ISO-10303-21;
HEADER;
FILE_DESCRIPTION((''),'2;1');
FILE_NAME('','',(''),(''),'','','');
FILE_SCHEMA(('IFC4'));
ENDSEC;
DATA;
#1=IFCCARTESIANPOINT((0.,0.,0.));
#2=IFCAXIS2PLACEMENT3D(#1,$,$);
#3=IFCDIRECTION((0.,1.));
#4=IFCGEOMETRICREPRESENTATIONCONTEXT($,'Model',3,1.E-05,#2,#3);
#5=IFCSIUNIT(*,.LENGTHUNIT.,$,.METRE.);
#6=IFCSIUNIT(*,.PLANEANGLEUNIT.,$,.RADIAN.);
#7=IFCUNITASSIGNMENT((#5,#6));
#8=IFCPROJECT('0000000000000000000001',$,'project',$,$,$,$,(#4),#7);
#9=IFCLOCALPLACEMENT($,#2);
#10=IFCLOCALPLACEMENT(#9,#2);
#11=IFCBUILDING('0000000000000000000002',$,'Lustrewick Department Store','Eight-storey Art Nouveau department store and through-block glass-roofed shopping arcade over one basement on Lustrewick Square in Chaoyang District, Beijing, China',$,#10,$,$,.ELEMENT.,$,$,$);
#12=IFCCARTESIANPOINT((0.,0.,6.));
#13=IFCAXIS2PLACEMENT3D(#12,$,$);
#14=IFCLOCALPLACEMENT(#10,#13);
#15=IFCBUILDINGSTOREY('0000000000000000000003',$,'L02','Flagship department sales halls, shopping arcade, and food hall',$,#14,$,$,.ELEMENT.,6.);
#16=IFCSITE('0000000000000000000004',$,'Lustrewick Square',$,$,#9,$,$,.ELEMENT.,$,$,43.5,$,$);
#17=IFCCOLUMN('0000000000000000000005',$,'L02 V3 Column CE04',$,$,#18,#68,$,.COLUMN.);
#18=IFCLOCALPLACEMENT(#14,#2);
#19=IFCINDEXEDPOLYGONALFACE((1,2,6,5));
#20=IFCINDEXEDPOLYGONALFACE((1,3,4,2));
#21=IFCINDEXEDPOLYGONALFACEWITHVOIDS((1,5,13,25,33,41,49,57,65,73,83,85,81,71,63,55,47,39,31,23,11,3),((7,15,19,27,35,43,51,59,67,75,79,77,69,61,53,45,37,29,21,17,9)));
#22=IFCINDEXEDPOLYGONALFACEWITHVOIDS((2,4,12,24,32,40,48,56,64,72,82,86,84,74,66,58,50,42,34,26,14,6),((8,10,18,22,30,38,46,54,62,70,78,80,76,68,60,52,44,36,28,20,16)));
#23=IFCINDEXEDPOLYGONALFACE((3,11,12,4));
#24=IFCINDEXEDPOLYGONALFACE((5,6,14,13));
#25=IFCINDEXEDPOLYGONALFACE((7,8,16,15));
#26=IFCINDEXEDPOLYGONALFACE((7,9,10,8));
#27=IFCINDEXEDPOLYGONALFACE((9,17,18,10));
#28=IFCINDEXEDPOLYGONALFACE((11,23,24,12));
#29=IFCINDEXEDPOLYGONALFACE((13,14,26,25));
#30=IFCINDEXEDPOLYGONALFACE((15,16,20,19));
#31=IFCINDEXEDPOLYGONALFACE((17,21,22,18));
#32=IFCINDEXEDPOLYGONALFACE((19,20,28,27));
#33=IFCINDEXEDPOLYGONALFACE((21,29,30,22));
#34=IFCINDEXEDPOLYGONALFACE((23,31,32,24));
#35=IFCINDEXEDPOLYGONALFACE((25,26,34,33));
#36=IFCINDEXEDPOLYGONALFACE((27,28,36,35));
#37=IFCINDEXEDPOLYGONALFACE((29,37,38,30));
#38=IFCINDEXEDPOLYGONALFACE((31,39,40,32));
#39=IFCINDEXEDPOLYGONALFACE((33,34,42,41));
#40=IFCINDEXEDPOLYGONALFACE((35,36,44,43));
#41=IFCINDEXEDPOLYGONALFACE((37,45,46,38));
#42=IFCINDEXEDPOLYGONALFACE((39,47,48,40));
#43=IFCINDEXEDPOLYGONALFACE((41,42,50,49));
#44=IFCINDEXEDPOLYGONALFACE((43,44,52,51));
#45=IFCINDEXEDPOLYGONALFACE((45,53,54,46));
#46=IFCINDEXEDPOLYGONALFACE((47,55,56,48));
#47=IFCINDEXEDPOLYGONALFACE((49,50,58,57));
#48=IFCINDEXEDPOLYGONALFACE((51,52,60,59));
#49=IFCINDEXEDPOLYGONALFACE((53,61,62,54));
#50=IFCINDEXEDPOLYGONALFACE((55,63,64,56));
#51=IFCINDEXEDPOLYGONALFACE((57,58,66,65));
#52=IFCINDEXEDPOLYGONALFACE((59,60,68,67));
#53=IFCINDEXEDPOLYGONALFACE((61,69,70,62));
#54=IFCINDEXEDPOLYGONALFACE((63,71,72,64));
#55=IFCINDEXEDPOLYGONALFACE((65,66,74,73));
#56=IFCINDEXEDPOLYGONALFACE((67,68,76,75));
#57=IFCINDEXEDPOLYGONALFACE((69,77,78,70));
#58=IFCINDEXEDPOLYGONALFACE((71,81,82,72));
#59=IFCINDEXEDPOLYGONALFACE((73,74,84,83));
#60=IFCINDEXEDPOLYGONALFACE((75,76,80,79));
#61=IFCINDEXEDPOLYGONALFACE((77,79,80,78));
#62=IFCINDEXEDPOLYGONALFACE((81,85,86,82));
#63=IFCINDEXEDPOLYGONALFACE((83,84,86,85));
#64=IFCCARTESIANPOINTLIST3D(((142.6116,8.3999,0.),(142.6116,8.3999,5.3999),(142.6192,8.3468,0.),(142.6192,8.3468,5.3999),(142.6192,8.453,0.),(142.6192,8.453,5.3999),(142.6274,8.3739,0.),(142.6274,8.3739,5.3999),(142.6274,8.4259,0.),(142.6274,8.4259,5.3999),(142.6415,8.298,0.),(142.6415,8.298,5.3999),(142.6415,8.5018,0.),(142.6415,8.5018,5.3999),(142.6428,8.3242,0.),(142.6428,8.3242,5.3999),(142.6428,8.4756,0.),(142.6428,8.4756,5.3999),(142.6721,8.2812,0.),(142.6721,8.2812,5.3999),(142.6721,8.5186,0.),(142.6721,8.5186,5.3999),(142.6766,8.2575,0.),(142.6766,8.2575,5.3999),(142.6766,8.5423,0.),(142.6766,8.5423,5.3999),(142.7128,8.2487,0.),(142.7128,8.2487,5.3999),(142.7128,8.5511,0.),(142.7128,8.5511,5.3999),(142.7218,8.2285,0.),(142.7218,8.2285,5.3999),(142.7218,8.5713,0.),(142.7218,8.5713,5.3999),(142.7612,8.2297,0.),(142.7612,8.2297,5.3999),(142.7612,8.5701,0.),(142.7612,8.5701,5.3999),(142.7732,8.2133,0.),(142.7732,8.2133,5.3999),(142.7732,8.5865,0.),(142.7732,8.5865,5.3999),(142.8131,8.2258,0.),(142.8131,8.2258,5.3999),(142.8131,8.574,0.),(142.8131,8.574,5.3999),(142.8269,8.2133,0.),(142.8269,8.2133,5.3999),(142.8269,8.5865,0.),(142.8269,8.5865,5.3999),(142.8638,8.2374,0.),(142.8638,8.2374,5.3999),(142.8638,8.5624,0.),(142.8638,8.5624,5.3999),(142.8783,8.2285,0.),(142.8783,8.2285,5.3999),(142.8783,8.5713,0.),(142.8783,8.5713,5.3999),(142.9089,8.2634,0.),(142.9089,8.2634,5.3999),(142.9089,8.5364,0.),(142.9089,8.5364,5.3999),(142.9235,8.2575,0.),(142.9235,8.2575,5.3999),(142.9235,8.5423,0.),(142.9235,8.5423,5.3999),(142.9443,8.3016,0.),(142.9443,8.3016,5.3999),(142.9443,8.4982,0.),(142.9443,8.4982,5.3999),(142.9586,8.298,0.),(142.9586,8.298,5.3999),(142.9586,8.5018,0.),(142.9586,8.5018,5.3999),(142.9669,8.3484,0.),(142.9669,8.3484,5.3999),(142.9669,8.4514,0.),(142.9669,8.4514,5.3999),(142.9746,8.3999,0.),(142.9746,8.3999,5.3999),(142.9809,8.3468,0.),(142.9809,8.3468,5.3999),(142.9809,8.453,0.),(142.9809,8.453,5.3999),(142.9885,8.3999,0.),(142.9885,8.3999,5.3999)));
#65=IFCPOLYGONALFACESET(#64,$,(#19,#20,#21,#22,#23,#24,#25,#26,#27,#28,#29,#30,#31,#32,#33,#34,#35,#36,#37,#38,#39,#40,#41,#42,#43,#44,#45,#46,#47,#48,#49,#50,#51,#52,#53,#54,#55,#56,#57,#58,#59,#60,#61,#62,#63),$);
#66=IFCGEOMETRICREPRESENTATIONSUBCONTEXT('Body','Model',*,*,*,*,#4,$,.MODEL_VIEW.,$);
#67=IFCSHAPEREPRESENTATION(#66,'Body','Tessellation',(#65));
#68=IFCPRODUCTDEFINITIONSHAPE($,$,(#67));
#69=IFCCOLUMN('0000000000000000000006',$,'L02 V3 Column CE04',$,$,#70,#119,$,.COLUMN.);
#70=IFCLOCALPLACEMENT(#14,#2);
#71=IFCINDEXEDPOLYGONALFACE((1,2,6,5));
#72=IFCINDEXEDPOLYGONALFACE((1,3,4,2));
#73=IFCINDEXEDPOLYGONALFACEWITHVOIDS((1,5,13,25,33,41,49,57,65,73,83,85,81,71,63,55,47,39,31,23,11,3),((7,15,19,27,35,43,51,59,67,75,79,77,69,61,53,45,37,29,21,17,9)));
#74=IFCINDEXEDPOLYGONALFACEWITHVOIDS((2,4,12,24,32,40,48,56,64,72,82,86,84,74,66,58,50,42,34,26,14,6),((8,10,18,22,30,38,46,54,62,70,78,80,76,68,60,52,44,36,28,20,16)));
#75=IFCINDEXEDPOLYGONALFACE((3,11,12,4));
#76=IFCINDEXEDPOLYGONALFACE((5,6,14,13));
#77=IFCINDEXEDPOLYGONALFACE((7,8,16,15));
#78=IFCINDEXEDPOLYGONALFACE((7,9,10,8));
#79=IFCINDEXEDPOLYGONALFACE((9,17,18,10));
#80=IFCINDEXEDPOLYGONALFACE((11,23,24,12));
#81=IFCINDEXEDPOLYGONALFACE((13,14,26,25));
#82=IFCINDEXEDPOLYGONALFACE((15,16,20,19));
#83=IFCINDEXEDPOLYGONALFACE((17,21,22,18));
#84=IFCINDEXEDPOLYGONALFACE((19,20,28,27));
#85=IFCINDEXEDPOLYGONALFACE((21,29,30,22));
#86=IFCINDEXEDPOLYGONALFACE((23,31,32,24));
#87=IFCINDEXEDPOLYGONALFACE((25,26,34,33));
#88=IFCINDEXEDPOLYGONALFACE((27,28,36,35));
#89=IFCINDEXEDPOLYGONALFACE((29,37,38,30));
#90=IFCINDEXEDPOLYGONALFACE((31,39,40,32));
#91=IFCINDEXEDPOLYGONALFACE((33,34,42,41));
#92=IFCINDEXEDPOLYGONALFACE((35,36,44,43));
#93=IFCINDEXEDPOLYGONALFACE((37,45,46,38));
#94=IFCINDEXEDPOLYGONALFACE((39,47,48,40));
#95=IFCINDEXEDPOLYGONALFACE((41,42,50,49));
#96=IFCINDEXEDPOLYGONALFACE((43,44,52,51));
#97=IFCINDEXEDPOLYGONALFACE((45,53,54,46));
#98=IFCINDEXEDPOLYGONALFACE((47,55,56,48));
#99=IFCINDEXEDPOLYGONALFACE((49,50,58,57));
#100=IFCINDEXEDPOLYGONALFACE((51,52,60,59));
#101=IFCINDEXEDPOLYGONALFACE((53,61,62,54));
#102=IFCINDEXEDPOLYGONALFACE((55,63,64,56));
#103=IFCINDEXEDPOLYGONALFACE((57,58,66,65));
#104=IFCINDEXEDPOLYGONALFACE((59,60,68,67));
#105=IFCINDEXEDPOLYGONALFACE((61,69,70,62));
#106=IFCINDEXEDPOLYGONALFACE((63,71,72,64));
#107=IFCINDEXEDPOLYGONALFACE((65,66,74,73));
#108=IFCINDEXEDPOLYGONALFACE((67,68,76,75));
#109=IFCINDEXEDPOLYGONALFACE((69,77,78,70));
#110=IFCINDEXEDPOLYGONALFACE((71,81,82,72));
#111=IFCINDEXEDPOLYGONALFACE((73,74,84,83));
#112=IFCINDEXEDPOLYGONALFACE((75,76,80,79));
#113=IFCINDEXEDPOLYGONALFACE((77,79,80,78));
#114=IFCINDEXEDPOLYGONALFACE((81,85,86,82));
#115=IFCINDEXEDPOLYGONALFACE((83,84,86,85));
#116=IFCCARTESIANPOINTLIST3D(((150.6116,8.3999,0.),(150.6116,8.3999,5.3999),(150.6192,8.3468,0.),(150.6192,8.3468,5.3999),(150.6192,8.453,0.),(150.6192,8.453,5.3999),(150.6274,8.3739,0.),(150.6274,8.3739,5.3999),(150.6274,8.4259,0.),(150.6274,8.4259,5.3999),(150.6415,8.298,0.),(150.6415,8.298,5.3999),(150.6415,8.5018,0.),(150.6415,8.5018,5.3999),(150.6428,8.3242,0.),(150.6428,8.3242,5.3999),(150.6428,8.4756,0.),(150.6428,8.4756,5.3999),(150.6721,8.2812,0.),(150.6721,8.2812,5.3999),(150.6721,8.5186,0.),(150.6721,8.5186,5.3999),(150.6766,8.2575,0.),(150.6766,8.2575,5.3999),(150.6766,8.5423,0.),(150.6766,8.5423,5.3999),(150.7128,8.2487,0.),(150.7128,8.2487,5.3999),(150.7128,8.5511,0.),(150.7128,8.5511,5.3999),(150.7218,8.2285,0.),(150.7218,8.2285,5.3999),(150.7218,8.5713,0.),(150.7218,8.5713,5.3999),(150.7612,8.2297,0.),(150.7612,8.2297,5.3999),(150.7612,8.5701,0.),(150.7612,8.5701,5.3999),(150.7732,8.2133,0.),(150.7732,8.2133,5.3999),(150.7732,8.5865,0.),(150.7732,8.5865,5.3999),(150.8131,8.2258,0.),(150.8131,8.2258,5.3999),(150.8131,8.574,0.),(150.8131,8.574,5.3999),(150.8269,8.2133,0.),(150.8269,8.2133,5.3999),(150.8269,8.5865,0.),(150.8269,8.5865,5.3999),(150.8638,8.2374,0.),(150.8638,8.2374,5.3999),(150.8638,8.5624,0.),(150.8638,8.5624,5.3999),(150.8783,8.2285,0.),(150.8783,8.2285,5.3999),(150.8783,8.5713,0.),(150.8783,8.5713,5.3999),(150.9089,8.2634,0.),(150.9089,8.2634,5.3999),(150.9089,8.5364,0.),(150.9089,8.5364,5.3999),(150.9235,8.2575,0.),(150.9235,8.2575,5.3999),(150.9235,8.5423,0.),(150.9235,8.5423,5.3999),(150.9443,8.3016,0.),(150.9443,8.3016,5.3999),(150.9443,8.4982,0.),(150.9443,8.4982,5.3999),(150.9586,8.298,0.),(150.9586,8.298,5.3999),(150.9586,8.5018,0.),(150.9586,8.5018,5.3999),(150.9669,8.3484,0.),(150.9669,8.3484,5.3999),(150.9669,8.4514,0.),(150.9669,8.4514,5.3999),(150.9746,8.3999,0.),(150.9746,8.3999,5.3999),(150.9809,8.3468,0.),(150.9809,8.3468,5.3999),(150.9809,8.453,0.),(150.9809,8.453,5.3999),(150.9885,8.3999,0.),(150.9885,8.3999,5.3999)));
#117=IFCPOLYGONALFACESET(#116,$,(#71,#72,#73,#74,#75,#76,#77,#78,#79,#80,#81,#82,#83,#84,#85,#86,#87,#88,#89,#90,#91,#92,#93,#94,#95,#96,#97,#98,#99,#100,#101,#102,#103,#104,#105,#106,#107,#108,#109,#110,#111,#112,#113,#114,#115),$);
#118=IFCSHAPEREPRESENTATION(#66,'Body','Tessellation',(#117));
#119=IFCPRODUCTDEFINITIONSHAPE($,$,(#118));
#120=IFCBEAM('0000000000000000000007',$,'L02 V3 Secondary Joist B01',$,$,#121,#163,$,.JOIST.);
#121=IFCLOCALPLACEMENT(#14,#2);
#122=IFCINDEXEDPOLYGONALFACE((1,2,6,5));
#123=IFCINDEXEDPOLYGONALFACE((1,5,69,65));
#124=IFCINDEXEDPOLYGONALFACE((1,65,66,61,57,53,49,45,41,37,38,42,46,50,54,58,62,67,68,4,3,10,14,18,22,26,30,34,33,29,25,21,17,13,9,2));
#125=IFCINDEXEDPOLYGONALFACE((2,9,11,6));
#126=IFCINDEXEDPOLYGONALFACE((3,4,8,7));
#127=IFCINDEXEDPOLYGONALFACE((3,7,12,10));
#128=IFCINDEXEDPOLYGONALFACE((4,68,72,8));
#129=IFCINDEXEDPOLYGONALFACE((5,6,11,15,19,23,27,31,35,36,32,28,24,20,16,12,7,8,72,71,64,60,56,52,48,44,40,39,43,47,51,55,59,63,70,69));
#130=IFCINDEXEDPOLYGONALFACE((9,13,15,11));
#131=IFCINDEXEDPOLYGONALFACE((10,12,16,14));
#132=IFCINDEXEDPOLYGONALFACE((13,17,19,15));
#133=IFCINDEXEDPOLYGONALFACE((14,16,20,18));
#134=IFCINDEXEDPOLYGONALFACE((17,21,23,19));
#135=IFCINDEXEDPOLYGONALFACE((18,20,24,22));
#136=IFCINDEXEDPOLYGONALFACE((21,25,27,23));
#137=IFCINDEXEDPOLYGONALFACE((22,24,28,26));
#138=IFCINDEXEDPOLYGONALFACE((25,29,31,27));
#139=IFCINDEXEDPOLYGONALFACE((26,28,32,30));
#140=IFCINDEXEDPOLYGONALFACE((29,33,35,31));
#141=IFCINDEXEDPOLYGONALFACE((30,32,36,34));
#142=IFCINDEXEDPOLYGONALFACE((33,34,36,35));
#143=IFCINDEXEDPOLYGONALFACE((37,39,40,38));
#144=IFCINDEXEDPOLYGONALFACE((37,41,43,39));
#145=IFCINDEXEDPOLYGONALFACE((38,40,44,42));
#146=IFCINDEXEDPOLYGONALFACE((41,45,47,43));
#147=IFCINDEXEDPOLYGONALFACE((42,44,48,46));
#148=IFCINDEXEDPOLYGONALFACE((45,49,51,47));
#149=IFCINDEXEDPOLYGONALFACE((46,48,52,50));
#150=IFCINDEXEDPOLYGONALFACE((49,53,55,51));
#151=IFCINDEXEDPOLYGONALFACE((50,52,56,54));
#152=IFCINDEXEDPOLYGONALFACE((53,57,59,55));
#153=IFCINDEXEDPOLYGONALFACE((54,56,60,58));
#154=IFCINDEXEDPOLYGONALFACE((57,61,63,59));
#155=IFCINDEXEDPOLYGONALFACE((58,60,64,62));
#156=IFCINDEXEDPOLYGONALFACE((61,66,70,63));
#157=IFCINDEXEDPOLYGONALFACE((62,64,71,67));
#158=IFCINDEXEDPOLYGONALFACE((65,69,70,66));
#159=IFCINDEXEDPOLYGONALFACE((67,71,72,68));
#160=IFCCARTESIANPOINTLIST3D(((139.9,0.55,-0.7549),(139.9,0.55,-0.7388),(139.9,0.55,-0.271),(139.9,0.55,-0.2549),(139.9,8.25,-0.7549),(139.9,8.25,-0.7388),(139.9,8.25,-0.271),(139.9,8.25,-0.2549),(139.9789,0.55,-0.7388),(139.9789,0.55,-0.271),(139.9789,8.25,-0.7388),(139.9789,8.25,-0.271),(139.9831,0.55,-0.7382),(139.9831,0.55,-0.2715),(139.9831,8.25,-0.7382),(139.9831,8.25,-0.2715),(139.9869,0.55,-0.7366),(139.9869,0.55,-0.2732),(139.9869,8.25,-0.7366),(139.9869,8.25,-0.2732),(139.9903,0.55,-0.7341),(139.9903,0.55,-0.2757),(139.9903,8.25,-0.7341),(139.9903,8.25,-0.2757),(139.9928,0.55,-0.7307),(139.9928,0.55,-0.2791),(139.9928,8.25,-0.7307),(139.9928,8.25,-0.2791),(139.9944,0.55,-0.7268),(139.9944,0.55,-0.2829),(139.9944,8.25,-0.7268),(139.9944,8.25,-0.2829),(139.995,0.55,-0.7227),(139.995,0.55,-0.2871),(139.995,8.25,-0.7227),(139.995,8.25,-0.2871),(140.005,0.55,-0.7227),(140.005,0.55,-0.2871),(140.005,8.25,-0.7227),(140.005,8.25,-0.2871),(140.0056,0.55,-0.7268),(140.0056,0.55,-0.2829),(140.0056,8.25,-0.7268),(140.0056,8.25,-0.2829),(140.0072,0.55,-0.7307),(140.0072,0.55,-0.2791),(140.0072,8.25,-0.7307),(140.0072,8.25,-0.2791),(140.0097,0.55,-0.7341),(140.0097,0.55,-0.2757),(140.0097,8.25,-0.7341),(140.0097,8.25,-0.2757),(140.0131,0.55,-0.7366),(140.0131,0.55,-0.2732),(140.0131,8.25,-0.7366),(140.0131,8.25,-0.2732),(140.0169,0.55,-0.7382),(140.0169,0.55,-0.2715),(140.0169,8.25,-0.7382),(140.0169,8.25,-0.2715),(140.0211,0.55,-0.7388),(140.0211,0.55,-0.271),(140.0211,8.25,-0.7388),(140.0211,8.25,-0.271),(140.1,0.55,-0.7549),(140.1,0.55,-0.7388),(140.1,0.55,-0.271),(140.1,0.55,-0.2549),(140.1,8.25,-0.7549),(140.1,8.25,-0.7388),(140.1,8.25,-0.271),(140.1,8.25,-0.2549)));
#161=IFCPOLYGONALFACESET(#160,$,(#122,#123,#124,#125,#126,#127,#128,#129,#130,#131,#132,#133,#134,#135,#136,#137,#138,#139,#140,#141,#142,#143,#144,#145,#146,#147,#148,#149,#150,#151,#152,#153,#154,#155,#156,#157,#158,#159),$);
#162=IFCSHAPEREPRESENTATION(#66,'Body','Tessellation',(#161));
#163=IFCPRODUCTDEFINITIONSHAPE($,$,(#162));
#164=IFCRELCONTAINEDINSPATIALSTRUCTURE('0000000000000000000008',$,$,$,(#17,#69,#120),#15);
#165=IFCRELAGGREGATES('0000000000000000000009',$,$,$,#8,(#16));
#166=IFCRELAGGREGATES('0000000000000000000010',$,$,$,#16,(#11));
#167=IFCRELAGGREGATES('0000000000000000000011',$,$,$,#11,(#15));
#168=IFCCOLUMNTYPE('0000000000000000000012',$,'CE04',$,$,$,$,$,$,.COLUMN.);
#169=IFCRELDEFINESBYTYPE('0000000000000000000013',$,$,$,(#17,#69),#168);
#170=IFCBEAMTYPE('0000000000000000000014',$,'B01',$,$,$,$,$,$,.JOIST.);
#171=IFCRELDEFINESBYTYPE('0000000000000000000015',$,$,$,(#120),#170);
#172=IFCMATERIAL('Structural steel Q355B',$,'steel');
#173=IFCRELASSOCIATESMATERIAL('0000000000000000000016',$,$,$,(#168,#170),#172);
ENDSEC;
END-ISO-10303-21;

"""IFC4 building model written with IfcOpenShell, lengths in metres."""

from ifc_helpers import new_model, si_unit, direction, frame, origin, origin_2d, place, context, subcontext, project, spatial, hollow_circle, i_section, extrude, material, material_profile, profile_set, type_object, element, save


model = new_model("IFC4")

# Units and contexts
model_context = context("Model", 3, precision=1e-05, world=origin(), true_north=direction((0.0, 1.0)))
body_context = subcontext(model_context, "Body", "Model", "MODEL_VIEW")
ifc_project = project(units=[si_unit("LENGTHUNIT", "METRE"), si_unit("PLANEANGLEUNIT", "RADIAN")], contexts=[model_context])

# Site, building, storey
site_placement = place(None, origin())
site = spatial("IfcSite", under=ifc_project, at=site_placement, Name="Lustrewick Square", CompositionType="ELEMENT", RefElevation=43.5)
building_placement = place(site_placement, origin())
building = spatial("IfcBuilding", under=site, at=building_placement, Name="Lustrewick Department Store", Description="Eight-storey Art Nouveau department store and through-block glass-roofed shopping arcade over one basement on Lustrewick Square in Chaoyang District, Beijing, China", CompositionType="ELEMENT")
storey_placement = place(building_placement, frame((0.0, 0.0, 6.0)))
storey = spatial("IfcBuildingStorey", under=building, at=storey_placement, Name="L02", Description="Flagship department sales halls, shopping arcade, and food hall", CompositionType="ELEMENT", Elevation=6.0)

# Columns
ifc_material_1 = material(Name="Structural steel Q355B", Category="steel")
ifc_material_profile_1 = material_profile(ifc_material_1, hollow_circle(Radius=0.1885, WallThickness=0.0139, at=origin_2d()), Name="CHS 377x14")
ifc_profile_set_1 = profile_set([ifc_material_profile_1], Name="Structural steel Q355B")
column_type = type_object("IfcColumnType", Name="CE04", PredefinedType="COLUMN", material=ifc_profile_set_1)
for number, where, z_axis, x_axis, name in (
    (1, (142.8, 8.3999, 0.0), (0.0, 0.0, 1.0), (1.0, 0.0, 0.0), "L02 V3 Column CE04"),
    (2, (150.8, 8.3999, 0.0), (0.0, 0.0, 1.0), (1.0, 0.0, 0.0), "L02 V3 Column CE04"),
):
    element("IfcColumn", number, at=place(storey_placement, frame(where, z_axis=z_axis, x_axis=x_axis)), inside=storey, type_object=column_type, Name=name, PredefinedType="COLUMN", context=body_context, shape_type="SweptSolid", body=[
        extrude(hollow_circle(Radius=0.1885, WallThickness=0.0139, at=origin_2d()), origin(), (0.0, 0.0, 1.0), 5.3999),
    ])

# Beam
ifc_material_profile_2 = material_profile(ifc_material_1, i_section(OverallWidth=0.2, OverallDepth=0.5, WebThickness=0.01, FlangeThickness=0.0161, FilletRadius=0.0161, at=origin_2d()), Name="HN 500x200x10x16")
ifc_profile_set_2 = profile_set([ifc_material_profile_2], Name="Structural steel Q355B")
beam_type_1 = type_object("IfcBeamType", Name="B01", PredefinedType="JOIST", material=ifc_profile_set_2)
beam_1_placement = place(storey_placement, frame((140.0, 0.55, -0.5049), z_axis=(0.0, 1.0, 0.0), x_axis=(-1.0, 0.0, 0.0)))
element("IfcBeam", 3, at=beam_1_placement, inside=storey, type_object=beam_type_1, Name="L02 V3 Secondary Joist B01", PredefinedType="JOIST", context=body_context, shape_type="SweptSolid", body=[
    extrude(i_section(OverallWidth=0.2, OverallDepth=0.5, WebThickness=0.01, FlangeThickness=0.0161, FilletRadius=0.0161, at=origin_2d()), origin(), (0.0, 0.0, 1.0), 7.7),
])

save(model, "model.ifc")
